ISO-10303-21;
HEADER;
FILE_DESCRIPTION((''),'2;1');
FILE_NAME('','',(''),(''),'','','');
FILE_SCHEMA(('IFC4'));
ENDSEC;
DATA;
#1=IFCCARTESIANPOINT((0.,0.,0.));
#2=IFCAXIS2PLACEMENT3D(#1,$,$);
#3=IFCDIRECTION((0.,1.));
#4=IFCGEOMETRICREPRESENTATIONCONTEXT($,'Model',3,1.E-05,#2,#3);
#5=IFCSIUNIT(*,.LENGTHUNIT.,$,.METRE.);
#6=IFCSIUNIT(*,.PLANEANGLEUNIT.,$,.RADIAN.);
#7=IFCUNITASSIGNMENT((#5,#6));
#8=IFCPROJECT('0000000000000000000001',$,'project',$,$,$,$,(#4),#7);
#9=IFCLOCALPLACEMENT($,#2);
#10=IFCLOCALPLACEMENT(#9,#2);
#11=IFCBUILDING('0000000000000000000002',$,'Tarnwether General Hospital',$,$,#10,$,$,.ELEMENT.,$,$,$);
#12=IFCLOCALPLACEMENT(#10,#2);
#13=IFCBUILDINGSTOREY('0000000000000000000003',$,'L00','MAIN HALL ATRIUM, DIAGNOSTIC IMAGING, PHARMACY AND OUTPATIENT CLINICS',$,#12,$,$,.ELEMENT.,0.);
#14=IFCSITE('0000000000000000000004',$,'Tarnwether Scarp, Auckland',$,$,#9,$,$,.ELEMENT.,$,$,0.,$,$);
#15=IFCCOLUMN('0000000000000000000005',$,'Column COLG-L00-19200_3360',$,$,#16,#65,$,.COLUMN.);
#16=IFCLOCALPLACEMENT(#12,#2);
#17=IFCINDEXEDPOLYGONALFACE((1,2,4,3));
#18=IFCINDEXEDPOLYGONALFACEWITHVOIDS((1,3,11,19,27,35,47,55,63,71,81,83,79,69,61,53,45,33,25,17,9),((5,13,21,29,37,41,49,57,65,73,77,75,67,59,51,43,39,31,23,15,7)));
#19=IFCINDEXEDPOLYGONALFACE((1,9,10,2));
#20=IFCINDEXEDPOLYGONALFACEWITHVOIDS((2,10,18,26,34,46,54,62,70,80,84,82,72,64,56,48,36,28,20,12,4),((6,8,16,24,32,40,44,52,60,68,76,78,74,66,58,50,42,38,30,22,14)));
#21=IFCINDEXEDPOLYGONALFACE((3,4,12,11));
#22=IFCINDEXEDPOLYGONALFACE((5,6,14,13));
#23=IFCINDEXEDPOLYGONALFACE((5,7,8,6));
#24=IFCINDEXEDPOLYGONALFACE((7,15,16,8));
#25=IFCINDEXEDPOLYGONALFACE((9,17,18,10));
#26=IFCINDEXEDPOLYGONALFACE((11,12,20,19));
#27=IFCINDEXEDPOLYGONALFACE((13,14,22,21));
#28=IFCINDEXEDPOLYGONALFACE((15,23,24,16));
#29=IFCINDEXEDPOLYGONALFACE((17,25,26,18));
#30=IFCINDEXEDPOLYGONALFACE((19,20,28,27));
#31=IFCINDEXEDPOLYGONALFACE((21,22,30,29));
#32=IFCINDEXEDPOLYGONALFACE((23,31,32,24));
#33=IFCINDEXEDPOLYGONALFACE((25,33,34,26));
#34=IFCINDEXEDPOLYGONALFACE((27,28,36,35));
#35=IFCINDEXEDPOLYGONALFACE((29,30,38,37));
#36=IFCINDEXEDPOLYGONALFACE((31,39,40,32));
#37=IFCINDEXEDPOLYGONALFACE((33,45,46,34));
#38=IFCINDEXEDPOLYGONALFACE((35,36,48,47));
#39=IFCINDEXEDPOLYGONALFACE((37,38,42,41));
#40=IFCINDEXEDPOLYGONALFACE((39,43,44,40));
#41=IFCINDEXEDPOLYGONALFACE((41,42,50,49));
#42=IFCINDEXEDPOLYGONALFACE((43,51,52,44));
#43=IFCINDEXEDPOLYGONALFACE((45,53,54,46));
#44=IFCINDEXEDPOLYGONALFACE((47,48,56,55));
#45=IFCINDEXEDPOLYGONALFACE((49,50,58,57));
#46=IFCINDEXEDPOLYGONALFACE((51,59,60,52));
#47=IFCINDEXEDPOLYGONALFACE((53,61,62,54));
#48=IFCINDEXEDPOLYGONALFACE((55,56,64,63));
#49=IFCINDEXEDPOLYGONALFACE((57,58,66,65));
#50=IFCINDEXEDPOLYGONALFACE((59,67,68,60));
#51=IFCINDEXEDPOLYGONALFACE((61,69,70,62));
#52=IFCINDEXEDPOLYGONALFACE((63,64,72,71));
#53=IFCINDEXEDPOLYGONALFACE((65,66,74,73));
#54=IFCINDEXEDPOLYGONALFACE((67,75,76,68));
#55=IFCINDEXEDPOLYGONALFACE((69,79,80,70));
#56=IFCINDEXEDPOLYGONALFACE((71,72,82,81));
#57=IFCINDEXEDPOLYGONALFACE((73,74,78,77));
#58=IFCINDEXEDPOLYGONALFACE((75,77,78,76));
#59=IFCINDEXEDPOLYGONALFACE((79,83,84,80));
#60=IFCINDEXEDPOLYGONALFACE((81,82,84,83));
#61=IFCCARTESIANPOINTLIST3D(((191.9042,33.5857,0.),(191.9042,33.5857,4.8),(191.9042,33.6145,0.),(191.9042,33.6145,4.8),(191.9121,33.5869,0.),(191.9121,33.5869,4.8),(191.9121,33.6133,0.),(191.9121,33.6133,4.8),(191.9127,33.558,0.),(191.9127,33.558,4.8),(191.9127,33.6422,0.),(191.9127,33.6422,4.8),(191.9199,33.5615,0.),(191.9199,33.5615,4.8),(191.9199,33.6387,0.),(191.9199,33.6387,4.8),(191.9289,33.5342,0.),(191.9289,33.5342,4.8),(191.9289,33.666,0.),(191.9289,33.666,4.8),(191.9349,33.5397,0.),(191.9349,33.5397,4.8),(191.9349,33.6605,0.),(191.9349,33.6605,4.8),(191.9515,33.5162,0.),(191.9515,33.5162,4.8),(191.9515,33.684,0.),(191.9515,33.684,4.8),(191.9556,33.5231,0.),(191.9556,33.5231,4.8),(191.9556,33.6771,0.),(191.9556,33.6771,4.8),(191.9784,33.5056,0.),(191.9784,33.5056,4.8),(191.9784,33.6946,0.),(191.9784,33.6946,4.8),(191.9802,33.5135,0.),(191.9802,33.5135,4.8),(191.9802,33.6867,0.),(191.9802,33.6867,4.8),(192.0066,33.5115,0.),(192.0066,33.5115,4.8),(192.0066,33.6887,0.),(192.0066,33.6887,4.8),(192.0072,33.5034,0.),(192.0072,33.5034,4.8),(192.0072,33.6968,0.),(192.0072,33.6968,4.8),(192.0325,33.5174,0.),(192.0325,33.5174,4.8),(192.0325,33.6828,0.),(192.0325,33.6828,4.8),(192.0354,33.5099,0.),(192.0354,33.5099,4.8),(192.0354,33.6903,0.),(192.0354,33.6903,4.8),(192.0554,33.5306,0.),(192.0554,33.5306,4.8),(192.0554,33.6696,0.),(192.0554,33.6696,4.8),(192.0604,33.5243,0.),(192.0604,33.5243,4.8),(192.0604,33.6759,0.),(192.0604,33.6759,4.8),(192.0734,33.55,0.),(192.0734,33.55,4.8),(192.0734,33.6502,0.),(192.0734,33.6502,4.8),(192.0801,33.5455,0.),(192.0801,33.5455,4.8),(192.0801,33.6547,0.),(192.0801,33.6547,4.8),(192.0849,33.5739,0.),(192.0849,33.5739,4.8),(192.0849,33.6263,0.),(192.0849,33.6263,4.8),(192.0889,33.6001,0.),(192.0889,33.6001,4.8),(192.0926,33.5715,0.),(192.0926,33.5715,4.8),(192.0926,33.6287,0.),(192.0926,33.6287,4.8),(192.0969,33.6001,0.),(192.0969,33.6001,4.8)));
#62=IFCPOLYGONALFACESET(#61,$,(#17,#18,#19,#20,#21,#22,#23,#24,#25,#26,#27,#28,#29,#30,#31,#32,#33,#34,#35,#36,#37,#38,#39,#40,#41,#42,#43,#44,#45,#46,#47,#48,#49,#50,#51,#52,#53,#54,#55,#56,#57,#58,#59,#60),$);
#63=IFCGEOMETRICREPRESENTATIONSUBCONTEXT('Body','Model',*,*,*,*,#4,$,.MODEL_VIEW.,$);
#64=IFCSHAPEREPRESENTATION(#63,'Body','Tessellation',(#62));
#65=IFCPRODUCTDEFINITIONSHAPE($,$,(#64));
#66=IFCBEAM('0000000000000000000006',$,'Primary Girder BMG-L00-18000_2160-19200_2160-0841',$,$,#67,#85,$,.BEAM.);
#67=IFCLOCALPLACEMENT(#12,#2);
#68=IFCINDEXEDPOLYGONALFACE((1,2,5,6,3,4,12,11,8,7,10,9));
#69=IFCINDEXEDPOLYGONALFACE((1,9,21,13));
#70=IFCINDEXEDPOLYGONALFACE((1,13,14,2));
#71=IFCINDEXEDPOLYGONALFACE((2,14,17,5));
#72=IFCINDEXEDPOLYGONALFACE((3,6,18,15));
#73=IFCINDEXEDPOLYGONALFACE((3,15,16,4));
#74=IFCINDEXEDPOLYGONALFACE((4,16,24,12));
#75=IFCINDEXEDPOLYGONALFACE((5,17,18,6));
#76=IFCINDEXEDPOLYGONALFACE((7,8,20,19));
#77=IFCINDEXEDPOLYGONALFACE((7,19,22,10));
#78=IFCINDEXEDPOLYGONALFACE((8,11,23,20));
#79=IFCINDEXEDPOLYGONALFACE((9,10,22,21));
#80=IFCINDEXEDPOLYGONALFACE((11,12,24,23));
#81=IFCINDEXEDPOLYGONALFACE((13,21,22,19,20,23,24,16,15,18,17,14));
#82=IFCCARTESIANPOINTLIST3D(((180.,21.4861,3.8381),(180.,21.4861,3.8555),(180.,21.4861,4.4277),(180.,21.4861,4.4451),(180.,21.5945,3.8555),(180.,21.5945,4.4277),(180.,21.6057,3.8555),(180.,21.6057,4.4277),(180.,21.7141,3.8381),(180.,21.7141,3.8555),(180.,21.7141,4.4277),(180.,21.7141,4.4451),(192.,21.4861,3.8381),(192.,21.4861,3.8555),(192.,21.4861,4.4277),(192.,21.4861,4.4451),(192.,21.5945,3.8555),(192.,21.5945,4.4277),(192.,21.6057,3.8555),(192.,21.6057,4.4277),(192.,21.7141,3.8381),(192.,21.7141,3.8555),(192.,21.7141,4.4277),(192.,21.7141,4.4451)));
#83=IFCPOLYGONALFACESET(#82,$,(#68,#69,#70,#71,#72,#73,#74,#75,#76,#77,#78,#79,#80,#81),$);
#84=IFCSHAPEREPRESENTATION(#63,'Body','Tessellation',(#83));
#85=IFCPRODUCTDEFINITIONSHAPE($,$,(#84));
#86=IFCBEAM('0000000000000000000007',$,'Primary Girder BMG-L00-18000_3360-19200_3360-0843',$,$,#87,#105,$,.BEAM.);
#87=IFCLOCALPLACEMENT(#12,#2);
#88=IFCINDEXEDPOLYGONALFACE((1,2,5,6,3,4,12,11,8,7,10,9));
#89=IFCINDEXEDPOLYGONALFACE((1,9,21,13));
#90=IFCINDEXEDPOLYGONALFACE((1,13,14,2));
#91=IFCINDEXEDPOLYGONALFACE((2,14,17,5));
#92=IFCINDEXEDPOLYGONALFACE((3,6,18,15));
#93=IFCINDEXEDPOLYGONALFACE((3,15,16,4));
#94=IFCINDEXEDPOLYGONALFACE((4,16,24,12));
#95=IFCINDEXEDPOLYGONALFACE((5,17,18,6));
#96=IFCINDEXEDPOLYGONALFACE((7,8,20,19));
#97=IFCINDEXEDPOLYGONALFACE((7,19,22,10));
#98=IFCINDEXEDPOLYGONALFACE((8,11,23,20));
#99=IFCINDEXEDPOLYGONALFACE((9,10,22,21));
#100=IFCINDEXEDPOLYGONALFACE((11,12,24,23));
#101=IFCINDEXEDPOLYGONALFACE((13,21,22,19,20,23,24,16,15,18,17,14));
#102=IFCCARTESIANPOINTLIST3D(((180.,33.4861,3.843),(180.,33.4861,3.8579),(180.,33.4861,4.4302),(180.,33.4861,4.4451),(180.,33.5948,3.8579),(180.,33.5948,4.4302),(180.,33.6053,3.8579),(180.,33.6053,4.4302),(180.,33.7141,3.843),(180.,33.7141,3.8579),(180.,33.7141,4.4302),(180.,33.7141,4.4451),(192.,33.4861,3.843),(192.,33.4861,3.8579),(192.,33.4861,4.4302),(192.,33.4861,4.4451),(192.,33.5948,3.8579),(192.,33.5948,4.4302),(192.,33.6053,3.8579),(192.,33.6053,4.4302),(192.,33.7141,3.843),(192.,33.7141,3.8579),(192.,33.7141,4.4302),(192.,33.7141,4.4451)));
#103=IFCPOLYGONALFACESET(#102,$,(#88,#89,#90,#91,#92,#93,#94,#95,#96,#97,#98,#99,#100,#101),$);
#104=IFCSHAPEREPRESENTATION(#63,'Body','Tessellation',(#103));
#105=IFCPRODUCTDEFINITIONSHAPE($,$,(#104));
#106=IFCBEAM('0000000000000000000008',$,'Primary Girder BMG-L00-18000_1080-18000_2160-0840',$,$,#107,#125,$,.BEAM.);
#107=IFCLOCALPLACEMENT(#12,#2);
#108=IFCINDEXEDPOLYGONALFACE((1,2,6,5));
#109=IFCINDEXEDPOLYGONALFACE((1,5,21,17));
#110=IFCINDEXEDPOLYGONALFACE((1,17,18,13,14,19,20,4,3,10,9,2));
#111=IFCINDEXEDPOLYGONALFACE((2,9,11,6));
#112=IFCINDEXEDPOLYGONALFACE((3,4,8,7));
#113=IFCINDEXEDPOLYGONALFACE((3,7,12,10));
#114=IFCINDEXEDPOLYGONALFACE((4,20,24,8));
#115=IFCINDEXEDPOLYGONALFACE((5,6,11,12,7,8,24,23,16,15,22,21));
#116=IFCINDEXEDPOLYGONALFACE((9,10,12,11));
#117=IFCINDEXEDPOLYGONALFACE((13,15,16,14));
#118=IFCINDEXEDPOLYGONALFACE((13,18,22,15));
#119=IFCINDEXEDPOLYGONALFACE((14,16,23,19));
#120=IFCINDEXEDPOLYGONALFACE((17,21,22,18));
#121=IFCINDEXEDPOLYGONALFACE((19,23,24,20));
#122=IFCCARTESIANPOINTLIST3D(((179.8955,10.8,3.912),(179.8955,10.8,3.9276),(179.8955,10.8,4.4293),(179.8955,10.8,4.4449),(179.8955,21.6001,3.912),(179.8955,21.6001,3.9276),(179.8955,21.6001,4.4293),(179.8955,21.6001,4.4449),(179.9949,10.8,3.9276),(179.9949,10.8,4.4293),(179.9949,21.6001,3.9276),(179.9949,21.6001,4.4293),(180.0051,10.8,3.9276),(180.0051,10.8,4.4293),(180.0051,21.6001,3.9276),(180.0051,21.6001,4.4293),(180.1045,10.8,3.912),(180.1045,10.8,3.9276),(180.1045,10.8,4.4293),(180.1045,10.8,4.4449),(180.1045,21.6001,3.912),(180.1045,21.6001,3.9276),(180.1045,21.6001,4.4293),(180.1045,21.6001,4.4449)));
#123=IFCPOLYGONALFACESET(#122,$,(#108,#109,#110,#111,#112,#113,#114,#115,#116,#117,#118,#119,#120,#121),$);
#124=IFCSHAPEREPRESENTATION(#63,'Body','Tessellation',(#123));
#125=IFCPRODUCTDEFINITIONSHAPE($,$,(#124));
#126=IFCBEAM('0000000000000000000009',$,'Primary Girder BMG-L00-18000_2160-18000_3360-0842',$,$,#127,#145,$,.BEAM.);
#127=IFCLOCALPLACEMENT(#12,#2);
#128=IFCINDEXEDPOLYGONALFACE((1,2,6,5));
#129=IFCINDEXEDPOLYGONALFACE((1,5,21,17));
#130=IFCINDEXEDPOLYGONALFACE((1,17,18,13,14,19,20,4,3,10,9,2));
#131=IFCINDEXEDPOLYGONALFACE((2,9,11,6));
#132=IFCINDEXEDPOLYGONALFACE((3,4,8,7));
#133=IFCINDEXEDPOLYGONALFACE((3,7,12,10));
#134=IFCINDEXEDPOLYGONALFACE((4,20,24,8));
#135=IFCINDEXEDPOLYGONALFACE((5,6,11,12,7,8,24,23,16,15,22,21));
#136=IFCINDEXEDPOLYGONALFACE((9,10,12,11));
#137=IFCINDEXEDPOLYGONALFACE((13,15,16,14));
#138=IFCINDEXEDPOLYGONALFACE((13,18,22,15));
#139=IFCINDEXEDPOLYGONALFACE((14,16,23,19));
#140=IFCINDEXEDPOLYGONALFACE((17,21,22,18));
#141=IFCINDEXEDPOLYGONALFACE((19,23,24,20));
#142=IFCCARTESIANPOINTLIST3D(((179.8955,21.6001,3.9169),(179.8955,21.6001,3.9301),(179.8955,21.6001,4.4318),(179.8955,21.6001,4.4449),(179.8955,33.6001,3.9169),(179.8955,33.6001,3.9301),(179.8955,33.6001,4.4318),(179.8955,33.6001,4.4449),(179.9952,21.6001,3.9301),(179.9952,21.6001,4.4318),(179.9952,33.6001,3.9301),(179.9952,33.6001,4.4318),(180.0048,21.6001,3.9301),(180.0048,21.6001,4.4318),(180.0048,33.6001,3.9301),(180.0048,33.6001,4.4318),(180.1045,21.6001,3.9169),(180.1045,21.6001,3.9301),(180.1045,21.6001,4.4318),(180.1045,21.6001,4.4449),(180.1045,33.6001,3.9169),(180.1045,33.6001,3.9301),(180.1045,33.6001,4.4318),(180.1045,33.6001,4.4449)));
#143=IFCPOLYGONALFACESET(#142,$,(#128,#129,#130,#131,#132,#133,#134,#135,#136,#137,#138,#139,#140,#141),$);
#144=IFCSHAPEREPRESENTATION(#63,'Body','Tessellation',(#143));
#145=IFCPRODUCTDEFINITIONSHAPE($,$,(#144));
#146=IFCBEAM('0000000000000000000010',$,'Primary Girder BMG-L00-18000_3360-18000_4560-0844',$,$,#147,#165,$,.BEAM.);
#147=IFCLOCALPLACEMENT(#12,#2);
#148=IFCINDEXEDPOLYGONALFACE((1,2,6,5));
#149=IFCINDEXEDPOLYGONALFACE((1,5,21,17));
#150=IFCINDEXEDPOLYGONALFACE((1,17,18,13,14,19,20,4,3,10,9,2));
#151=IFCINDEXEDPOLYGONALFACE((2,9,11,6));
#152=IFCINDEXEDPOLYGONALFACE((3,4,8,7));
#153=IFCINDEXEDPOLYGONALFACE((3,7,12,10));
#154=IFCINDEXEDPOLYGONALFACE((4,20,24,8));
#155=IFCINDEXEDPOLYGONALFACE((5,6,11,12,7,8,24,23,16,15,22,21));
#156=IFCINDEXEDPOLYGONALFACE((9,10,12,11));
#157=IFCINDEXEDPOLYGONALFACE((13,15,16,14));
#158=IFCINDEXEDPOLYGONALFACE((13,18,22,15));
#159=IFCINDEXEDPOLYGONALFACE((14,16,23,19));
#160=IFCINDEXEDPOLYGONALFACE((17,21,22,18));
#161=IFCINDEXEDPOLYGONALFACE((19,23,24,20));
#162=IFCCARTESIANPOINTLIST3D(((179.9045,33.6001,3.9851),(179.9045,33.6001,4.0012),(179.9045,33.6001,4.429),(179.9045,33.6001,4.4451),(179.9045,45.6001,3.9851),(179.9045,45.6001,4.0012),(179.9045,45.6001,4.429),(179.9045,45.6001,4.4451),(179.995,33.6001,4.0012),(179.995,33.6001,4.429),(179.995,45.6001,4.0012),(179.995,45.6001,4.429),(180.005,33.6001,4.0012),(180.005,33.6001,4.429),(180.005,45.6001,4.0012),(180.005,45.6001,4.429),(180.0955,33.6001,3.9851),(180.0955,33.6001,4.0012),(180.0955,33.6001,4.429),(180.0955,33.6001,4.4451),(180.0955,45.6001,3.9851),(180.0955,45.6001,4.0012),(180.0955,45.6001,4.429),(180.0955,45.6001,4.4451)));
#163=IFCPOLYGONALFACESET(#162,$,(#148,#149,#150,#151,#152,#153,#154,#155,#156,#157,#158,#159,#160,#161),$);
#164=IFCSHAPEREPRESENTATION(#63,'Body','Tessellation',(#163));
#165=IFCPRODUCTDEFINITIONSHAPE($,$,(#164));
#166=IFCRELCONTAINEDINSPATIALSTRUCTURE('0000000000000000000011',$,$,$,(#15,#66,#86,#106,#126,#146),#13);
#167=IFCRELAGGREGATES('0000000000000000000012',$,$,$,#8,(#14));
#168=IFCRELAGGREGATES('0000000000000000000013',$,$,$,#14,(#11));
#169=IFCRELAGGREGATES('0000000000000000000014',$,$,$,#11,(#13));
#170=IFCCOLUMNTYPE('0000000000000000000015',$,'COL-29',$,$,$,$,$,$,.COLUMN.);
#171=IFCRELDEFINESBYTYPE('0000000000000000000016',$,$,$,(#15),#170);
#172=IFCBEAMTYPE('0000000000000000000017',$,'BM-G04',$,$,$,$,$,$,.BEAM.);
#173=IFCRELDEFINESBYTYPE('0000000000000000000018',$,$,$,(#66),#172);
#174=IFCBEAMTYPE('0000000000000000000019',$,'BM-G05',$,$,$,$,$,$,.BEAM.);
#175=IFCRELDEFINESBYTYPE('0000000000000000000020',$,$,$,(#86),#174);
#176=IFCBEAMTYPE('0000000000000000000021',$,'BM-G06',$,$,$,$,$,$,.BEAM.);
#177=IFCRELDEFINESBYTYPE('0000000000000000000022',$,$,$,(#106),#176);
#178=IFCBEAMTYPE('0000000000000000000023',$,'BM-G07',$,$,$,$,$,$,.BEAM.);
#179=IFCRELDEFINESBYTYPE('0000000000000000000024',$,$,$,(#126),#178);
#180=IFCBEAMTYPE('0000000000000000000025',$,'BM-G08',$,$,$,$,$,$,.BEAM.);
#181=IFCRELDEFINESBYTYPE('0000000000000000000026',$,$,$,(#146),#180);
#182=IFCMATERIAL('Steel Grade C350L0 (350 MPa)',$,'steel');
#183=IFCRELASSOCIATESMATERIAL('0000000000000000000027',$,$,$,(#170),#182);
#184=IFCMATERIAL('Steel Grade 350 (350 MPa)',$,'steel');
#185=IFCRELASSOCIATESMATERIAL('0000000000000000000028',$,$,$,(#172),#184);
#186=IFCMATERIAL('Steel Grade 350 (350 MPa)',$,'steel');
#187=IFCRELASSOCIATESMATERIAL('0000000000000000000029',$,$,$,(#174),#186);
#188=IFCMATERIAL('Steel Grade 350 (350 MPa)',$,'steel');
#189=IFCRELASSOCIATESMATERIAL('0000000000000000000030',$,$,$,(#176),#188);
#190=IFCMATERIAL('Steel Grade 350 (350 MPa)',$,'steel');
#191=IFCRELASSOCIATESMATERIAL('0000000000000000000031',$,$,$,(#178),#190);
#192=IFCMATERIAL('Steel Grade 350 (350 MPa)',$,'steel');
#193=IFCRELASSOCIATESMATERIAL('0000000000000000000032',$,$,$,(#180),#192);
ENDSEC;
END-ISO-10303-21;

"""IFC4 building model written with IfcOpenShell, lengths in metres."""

from ifc_helpers import new_model, si_unit, direction, frame, origin, origin_2d, place, context, subcontext, project, spatial, hollow_circle, i_section, extrude, material, material_profile, profile_set, type_object, element, save


model = new_model("IFC4")

# Units and contexts
model_context = context("Model", 3, precision=1e-05, world=origin(), true_north=direction((0.0, 1.0)))
body_context = subcontext(model_context, "Body", "Model", "MODEL_VIEW")
ifc_project = project(units=[si_unit("LENGTHUNIT", "METRE"), si_unit("PLANEANGLEUNIT", "RADIAN")], contexts=[model_context])

# Site, building, storey
site_placement = place(None, origin())
site = spatial("IfcSite", under=ifc_project, at=site_placement, Name="Tarnwether Scarp, Auckland", CompositionType="ELEMENT", RefElevation=0.0)
building_placement = place(site_placement, origin())
building = spatial("IfcBuilding", under=site, at=building_placement, Name="Tarnwether General Hospital", CompositionType="ELEMENT")
storey_placement = place(building_placement, origin())
storey = spatial("IfcBuildingStorey", under=building, at=storey_placement, Name="L00", Description="MAIN HALL ATRIUM, DIAGNOSTIC IMAGING, PHARMACY AND OUTPATIENT CLINICS", CompositionType="ELEMENT", Elevation=0.0)

# Column
ifc_material_1 = material(Name="Steel Grade C350L0 (350 MPa)", Category="steel")
ifc_material_profile_1 = material_profile(ifc_material_1, hollow_circle(Radius=0.0969, WallThickness=0.0081, at=origin_2d()), Name="CHS193.7x8.0")
ifc_profile_set_1 = profile_set([ifc_material_profile_1], Name="Steel Grade C350L0 (350 MPa)")
column_type_1 = type_object("IfcColumnType", Name="COL-29", PredefinedType="COLUMN", material=ifc_profile_set_1)
column_1_placement = place(storey_placement, frame((192.0, 33.6001, 0.0), z_axis=(0.0, 0.0, 1.0), x_axis=(1.0, 0.0, 0.0)))
element("IfcColumn", 1, at=column_1_placement, inside=storey, type_object=column_type_1, Name="Column COLG-L00-19200_3360", PredefinedType="COLUMN", context=body_context, shape_type="SweptSolid", body=[
    extrude(hollow_circle(Radius=0.0969, WallThickness=0.0081, at=origin_2d()), origin(), (0.0, 0.0, 1.0), 4.8),
])

# Beams
ifc_material_2 = material(Name="Steel Grade 350 (350 MPa)", Category="steel")
ifc_material_profile_2 = material_profile(ifc_material_2, i_section(OverallWidth=0.228, OverallDepth=0.6069, WebThickness=0.0112, FlangeThickness=0.0173, at=origin_2d()), Name="610UB113")
ifc_profile_set_2 = profile_set([ifc_material_profile_2], Name="Steel Grade 350 (350 MPa)")
beam_type_1 = type_object("IfcBeamType", Name="BM-G04", PredefinedType="BEAM", material=ifc_profile_set_2)
beam_1_placement = place(storey_placement, frame((180.0, 21.6001, 4.1416), z_axis=(1.0, 0.0, 0.0), x_axis=(0.0, 1.0, 0.0)))
element("IfcBeam", 2, at=beam_1_placement, inside=storey, type_object=beam_type_1, Name="Primary Girder BMG-L00-18000_2160-19200_2160-0841", PredefinedType="BEAM", context=body_context, shape_type="SweptSolid", body=[
    extrude(i_section(OverallWidth=0.228, OverallDepth=0.6069, WebThickness=0.0112, FlangeThickness=0.0173, at=origin_2d()), origin(), (0.0, 0.0, 1.0), 12.0),
])
ifc_material_3 = material(Name="Steel Grade 350 (350 MPa)", Category="steel")
ifc_material_profile_3 = material_profile(ifc_material_3, i_section(OverallWidth=0.228, OverallDepth=0.6021, WebThickness=0.0105, FlangeThickness=0.0149, at=origin_2d()), Name="610UB101")
ifc_profile_set_3 = profile_set([ifc_material_profile_3], Name="Steel Grade 350 (350 MPa)")
beam_type_2 = type_object("IfcBeamType", Name="BM-G05", PredefinedType="BEAM", material=ifc_profile_set_3)
beam_2_placement = place(storey_placement, frame((180.0, 33.6001, 4.144), z_axis=(1.0, 0.0, 0.0), x_axis=(0.0, 1.0, 0.0)))
element("IfcBeam", 3, at=beam_2_placement, inside=storey, type_object=beam_type_2, Name="Primary Girder BMG-L00-18000_3360-19200_3360-0843", PredefinedType="BEAM", context=body_context, shape_type="SweptSolid", body=[
    extrude(i_section(OverallWidth=0.228, OverallDepth=0.6021, WebThickness=0.0105, FlangeThickness=0.0149, at=origin_2d()), origin(), (0.0, 0.0, 1.0), 12.0),
])
ifc_material_4 = material(Name="Steel Grade 350 (350 MPa)", Category="steel")
ifc_material_profile_4 = material_profile(ifc_material_4, i_section(OverallWidth=0.209, OverallDepth=0.533, WebThickness=0.0103, FlangeThickness=0.0156, at=origin_2d()), Name="530UB92.4")
ifc_profile_set_4 = profile_set([ifc_material_profile_4], Name="Steel Grade 350 (350 MPa)")
beam_type_3 = type_object("IfcBeamType", Name="BM-G06", PredefinedType="BEAM", material=ifc_profile_set_4)
beam_3_placement = place(storey_placement, frame((180.0, 10.8, 4.1785), z_axis=(0.0, 1.0, 0.0), x_axis=(-1.0, 0.0, 0.0)))
element("IfcBeam", 4, at=beam_3_placement, inside=storey, type_object=beam_type_3, Name="Primary Girder BMG-L00-18000_1080-18000_2160-0840", PredefinedType="BEAM", context=body_context, shape_type="SweptSolid", body=[
    extrude(i_section(OverallWidth=0.209, OverallDepth=0.533, WebThickness=0.0103, FlangeThickness=0.0156, at=origin_2d()), origin(), (0.0, 0.0, 1.0), 10.8),
])
ifc_material_5 = material(Name="Steel Grade 350 (350 MPa)", Category="steel")
ifc_material_profile_5 = material_profile(ifc_material_5, i_section(OverallWidth=0.209, OverallDepth=0.5281, WebThickness=0.0095, FlangeThickness=0.0132, at=origin_2d()), Name="530UB82.0")
ifc_profile_set_5 = profile_set([ifc_material_profile_5], Name="Steel Grade 350 (350 MPa)")
beam_type_4 = type_object("IfcBeamType", Name="BM-G07", PredefinedType="BEAM", material=ifc_profile_set_5)
beam_4_placement = place(storey_placement, frame((180.0, 21.6001, 4.1809), z_axis=(0.0, 1.0, 0.0), x_axis=(-1.0, 0.0, 0.0)))
element("IfcBeam", 5, at=beam_4_placement, inside=storey, type_object=beam_type_4, Name="Primary Girder BMG-L00-18000_2160-18000_3360-0842", PredefinedType="BEAM", context=body_context, shape_type="SweptSolid", body=[
    extrude(i_section(OverallWidth=0.209, OverallDepth=0.5281, WebThickness=0.0095, FlangeThickness=0.0132, at=origin_2d()), origin(), (0.0, 0.0, 1.0), 12.0),
])
ifc_material_6 = material(Name="Steel Grade 350 (350 MPa)", Category="steel")
ifc_material_profile_6 = material_profile(ifc_material_6, i_section(OverallWidth=0.1909, OverallDepth=0.46, WebThickness=0.01, FlangeThickness=0.0161, at=origin_2d()), Name="460UB82.1")
ifc_profile_set_6 = profile_set([ifc_material_profile_6], Name="Steel Grade 350 (350 MPa)")
beam_type_5 = type_object("IfcBeamType", Name="BM-G08", PredefinedType="BEAM", material=ifc_profile_set_6)
beam_5_placement = place(storey_placement, frame((180.0, 33.6001, 4.2151), z_axis=(0.0, 1.0, 0.0), x_axis=(-1.0, 0.0, 0.0)))
element("IfcBeam", 6, at=beam_5_placement, inside=storey, type_object=beam_type_5, Name="Primary Girder BMG-L00-18000_3360-18000_4560-0844", PredefinedType="BEAM", context=body_context, shape_type="SweptSolid", body=[
    extrude(i_section(OverallWidth=0.1909, OverallDepth=0.46, WebThickness=0.01, FlangeThickness=0.0161, at=origin_2d()), origin(), (0.0, 0.0, 1.0), 12.0),
])

save(model, "model.ifc")
